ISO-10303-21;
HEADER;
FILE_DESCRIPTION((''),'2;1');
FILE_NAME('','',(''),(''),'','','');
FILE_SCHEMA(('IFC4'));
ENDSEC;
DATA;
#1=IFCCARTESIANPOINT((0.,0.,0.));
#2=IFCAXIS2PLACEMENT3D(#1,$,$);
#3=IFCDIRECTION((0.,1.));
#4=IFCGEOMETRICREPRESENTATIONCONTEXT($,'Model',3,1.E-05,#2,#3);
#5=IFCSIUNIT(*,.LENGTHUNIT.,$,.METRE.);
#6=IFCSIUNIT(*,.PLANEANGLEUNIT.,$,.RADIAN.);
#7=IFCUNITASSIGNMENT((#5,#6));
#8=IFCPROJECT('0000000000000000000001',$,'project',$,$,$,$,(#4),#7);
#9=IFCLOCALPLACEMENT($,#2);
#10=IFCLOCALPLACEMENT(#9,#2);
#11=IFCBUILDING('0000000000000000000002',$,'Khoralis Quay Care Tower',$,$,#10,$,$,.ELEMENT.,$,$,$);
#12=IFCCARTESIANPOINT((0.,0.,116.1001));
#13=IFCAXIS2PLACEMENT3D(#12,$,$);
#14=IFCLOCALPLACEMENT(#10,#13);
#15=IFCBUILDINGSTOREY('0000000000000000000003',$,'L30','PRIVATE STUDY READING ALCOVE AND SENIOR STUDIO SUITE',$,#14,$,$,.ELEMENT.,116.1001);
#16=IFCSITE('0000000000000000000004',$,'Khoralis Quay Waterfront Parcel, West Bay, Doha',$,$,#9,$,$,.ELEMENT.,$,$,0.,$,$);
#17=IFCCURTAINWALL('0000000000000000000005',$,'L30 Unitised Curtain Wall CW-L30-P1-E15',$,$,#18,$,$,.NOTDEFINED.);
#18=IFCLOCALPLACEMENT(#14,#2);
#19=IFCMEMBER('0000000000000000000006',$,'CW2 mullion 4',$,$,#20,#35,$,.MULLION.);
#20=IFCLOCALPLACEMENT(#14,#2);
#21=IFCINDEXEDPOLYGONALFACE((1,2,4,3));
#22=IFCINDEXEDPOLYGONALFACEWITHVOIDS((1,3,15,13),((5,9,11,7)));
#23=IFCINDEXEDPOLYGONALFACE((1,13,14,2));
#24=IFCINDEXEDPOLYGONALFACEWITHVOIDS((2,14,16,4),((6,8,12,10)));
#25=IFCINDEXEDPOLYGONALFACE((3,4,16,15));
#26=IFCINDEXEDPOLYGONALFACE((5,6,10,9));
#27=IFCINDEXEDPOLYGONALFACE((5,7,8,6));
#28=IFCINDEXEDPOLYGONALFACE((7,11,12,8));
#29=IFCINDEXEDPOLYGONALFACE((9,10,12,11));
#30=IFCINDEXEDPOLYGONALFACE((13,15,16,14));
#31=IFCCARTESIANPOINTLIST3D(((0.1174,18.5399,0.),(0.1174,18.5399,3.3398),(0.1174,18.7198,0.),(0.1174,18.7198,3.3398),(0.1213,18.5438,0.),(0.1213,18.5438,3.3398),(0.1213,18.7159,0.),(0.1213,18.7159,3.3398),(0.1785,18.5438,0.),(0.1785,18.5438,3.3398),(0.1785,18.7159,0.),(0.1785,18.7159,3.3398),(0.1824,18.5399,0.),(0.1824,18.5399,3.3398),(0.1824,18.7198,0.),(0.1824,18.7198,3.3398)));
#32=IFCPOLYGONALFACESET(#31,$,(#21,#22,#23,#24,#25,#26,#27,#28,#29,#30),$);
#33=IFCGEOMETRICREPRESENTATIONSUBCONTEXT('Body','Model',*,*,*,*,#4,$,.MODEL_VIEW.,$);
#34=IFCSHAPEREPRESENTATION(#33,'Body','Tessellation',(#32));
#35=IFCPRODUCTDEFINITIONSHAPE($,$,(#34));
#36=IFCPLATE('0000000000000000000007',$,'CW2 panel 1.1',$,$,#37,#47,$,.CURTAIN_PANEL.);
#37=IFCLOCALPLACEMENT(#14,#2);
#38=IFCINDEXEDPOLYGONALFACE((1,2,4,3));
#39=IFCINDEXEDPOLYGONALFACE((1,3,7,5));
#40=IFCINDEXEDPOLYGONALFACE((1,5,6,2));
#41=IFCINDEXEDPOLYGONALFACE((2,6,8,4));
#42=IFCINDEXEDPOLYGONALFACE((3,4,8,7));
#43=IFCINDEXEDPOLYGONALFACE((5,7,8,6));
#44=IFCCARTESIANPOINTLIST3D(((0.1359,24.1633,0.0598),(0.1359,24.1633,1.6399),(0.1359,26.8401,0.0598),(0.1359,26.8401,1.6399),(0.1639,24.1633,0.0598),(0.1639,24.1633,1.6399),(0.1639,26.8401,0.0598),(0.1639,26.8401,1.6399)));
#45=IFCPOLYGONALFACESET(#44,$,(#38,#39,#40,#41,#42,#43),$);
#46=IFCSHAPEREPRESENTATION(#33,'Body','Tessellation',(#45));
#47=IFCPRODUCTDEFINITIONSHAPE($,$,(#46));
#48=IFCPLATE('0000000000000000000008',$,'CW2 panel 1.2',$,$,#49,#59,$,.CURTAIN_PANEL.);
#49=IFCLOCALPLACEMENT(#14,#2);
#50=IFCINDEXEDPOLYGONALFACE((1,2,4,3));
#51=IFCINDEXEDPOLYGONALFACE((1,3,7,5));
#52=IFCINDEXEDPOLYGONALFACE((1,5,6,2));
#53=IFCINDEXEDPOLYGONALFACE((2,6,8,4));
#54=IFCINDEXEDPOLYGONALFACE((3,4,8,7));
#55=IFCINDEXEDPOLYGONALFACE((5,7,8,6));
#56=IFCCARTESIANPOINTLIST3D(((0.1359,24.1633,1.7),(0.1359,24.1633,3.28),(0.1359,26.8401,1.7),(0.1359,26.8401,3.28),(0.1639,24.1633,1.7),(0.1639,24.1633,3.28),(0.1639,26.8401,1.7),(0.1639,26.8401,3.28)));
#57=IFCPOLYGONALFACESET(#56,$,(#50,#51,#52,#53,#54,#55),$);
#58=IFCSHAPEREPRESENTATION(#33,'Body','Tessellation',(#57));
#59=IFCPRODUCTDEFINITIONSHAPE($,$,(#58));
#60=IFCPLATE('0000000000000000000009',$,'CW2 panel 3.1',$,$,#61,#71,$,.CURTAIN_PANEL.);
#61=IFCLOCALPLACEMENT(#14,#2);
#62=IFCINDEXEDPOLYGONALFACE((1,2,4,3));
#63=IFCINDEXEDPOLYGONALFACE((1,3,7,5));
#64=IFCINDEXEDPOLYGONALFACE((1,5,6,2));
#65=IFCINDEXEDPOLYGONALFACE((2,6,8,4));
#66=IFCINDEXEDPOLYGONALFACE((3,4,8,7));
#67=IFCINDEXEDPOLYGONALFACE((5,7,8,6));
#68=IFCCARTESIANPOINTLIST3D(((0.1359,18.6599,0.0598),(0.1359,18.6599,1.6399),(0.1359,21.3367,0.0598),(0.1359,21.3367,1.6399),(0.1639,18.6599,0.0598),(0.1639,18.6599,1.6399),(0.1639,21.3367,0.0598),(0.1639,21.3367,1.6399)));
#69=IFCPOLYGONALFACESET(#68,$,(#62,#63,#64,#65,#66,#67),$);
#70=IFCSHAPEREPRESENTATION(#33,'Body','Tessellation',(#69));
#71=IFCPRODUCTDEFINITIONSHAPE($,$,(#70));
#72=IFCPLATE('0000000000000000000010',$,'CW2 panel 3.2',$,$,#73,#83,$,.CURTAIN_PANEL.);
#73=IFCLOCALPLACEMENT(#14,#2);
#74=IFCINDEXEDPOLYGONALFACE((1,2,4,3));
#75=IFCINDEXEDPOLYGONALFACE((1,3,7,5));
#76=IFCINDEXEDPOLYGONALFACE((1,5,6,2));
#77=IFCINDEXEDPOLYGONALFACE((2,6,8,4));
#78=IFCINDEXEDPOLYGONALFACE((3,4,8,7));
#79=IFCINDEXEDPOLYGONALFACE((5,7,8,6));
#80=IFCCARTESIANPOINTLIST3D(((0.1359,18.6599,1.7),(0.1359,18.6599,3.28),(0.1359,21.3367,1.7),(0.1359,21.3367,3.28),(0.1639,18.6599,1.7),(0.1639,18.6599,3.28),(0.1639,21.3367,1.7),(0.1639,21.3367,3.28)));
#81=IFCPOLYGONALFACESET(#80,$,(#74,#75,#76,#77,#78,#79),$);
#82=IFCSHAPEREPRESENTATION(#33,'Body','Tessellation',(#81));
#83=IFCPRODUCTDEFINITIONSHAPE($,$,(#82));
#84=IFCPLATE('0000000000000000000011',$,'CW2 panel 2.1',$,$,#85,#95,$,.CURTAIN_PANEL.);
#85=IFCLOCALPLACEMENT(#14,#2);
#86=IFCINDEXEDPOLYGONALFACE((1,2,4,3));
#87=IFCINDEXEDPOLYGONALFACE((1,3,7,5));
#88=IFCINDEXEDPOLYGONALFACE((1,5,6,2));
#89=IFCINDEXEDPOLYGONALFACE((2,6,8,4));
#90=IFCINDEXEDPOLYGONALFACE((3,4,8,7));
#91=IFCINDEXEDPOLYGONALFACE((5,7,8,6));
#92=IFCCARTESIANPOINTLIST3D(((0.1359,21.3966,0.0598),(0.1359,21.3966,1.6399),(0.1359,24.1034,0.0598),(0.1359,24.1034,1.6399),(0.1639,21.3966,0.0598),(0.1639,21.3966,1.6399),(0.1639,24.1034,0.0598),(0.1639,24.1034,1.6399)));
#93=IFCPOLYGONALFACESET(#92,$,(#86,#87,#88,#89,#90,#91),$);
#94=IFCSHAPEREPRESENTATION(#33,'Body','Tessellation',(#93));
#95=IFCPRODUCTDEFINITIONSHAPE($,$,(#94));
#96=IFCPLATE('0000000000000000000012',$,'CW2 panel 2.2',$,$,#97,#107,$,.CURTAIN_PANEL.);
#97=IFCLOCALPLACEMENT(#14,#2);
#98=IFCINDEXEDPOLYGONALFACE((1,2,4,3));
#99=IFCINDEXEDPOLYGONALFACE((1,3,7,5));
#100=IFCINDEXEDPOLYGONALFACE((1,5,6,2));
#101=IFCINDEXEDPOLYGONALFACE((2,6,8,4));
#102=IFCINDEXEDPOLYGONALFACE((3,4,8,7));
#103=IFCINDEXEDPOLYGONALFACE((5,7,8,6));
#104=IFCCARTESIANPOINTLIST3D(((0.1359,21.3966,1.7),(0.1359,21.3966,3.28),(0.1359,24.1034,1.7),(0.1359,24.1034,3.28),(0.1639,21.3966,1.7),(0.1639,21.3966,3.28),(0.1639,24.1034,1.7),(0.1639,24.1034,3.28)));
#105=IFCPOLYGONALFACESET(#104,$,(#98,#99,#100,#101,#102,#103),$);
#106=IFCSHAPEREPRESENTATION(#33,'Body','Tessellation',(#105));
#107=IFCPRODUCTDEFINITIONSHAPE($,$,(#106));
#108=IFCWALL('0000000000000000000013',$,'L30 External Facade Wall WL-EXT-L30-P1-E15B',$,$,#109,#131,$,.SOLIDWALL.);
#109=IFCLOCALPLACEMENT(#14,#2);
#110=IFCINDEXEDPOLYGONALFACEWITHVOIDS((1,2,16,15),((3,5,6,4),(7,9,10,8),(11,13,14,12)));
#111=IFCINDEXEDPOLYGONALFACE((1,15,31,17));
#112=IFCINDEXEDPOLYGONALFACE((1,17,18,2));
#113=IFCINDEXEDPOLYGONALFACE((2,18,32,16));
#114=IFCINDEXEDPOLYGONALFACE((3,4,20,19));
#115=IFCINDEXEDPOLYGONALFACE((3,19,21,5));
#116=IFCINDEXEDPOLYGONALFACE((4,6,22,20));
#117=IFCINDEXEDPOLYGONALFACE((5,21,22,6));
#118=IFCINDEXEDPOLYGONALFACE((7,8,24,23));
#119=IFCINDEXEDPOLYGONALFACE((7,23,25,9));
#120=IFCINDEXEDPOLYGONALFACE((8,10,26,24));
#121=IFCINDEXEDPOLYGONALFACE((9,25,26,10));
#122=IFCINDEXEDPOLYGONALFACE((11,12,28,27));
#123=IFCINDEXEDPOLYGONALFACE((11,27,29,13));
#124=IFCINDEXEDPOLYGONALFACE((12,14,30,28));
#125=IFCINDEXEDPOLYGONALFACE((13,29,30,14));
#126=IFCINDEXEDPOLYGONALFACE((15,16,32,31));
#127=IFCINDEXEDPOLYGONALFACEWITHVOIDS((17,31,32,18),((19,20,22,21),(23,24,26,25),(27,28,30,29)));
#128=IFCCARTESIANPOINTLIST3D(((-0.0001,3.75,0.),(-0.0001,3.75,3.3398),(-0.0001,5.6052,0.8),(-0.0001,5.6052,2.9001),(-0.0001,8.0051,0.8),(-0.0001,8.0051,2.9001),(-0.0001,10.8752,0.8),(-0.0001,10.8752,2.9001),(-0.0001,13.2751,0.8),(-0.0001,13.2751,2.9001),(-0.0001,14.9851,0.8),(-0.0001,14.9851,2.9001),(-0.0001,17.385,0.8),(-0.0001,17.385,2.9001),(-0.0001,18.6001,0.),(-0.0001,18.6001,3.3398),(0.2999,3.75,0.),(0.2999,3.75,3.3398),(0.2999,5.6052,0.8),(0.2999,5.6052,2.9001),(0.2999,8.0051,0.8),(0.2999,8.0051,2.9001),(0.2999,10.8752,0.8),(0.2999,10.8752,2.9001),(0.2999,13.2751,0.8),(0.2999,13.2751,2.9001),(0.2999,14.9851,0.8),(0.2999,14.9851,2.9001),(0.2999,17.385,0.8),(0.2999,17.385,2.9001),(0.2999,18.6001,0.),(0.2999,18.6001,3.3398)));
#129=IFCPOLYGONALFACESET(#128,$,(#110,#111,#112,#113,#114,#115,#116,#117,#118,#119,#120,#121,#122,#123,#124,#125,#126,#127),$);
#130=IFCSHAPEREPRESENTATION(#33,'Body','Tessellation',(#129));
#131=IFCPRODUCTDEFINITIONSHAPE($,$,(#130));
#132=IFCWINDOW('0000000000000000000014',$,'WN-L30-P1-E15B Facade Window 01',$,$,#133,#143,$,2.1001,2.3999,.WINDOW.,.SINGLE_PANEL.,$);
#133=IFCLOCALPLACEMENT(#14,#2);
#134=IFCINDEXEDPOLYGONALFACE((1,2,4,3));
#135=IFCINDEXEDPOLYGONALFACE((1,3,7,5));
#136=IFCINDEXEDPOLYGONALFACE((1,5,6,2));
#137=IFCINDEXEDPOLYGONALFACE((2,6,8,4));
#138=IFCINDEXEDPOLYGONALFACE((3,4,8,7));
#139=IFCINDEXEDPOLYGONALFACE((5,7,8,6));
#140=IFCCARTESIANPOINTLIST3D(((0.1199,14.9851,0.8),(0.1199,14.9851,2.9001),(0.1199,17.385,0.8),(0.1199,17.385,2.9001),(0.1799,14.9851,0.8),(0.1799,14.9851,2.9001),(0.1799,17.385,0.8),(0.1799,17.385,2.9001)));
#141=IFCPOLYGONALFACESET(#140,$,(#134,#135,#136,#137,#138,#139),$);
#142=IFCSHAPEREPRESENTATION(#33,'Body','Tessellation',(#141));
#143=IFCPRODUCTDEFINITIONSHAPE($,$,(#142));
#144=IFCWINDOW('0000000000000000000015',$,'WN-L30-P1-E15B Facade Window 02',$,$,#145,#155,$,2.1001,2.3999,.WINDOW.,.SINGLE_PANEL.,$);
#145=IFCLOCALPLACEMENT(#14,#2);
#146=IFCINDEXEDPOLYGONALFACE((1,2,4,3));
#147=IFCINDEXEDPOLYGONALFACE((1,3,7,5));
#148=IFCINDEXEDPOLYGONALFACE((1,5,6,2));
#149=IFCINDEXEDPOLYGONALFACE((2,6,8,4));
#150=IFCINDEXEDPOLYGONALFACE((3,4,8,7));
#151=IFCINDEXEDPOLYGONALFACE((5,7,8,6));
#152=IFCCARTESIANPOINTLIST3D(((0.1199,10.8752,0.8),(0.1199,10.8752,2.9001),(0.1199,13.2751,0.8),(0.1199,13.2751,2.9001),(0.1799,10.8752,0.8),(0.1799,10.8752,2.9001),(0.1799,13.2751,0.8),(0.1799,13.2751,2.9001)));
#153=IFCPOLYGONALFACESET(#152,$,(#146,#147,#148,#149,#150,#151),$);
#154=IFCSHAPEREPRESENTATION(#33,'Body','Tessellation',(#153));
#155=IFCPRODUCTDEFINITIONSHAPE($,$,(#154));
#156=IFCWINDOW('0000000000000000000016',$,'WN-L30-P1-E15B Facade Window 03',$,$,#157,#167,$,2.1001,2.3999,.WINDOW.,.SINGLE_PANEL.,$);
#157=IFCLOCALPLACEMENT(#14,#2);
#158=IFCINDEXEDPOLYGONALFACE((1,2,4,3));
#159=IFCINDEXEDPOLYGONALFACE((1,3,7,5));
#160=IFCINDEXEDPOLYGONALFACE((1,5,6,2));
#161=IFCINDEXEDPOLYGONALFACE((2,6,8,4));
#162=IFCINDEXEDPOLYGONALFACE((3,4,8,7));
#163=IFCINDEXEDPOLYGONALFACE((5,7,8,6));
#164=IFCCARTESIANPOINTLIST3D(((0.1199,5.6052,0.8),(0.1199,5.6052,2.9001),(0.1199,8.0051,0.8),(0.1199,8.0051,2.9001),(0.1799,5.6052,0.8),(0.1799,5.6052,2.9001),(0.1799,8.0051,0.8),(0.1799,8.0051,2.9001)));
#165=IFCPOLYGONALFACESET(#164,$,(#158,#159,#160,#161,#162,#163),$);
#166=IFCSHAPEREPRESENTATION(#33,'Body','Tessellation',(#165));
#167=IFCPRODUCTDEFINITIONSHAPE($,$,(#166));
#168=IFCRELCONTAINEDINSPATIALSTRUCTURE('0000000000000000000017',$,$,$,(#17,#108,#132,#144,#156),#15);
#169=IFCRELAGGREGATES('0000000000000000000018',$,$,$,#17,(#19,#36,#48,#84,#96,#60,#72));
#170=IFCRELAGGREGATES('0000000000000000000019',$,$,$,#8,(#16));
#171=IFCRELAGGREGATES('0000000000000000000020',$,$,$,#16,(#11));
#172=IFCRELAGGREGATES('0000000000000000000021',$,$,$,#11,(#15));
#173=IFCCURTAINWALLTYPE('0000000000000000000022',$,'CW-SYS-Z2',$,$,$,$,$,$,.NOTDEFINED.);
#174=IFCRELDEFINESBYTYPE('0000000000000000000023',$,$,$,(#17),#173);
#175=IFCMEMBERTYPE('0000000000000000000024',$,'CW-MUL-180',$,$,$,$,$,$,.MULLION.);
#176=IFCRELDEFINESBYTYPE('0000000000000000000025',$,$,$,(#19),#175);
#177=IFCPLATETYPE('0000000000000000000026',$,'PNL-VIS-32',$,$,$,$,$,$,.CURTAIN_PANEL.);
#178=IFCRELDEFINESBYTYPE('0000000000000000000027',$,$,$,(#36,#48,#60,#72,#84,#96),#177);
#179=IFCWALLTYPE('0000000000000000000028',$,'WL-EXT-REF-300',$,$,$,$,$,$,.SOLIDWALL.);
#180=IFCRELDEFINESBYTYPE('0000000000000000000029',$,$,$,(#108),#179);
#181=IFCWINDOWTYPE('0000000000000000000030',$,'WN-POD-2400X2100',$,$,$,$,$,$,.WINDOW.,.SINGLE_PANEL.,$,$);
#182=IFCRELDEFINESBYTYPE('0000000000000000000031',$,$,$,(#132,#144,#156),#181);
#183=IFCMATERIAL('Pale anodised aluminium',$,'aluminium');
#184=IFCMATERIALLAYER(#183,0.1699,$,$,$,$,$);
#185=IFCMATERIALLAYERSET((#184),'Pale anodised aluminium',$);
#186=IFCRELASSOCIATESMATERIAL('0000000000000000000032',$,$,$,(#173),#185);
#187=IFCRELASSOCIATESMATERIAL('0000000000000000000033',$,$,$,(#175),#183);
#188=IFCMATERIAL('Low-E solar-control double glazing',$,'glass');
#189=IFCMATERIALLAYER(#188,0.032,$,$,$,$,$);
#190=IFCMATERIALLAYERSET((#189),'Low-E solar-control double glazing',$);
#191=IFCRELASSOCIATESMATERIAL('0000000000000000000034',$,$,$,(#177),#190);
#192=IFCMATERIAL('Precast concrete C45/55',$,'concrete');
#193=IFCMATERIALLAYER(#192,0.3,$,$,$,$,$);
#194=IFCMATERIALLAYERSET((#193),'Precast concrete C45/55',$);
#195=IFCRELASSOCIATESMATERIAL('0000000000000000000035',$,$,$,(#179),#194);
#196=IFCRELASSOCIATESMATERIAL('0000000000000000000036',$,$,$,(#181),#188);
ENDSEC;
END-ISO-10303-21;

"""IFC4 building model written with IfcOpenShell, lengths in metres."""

from ifc_helpers import new_model, si_unit, direction, frame, frame_2d, origin, origin_2d, place, context, subcontext, project, spatial, rectangle, hollow_rectangle, extrude, source, transform, mapped, material, layer, layer_set, material_profile, profile_set, type_object, element, fill, aggregate, save


model = new_model("IFC4")

# Units and contexts
model_context = context("Model", 3, precision=1e-05, world=origin(), true_north=direction((0.0, 1.0)))
body_context = subcontext(model_context, "Body", "Model", "MODEL_VIEW")
ifc_project = project(units=[si_unit("LENGTHUNIT", "METRE"), si_unit("PLANEANGLEUNIT", "RADIAN")], contexts=[model_context])

# Site, building, storey
site_placement = place(None, origin())
site = spatial("IfcSite", under=ifc_project, at=site_placement, Name="Khoralis Quay Waterfront Parcel, West Bay, Doha", CompositionType="ELEMENT", RefElevation=0.0)
building_placement = place(site_placement, origin())
building = spatial("IfcBuilding", under=site, at=building_placement, Name="Khoralis Quay Care Tower", CompositionType="ELEMENT")
storey_placement = place(building_placement, frame((0.0, 0.0, 116.1001)))
storey = spatial("IfcBuildingStorey", under=building, at=storey_placement, Name="L30", Description="PRIVATE STUDY READING ALCOVE AND SENIOR STUDIO SUITE", CompositionType="ELEMENT", Elevation=116.1001)

# Curtain wall, member, plates
ifc_material_1 = material(Name="Pale anodised aluminium", Category="aluminium")
ifc_layer_1 = layer(ifc_material_1, 0.1699)
ifc_layer_set_1 = layer_set([ifc_layer_1], Name="Pale anodised aluminium")
curtain_wall_type = type_object("IfcCurtainWallType", Name="CW-SYS-Z2", PredefinedType="NOTDEFINED", material=ifc_layer_set_1)
curtain_wall_placement = place(storey_placement, origin())
curtain_wall = element("IfcCurtainWall", 1, at=curtain_wall_placement, inside=storey, type_object=curtain_wall_type, Name="L30 Unitised Curtain Wall CW-L30-P1-E15", PredefinedType="NOTDEFINED")
ifc_material_profile_1 = material_profile(ifc_material_1, hollow_rectangle(XDim=0.0649, YDim=0.1799, WallThickness=0.0039, at=origin_2d()), Name="Pale anodised aluminium")
ifc_profile_set_1 = profile_set([ifc_material_profile_1], Name="Pale anodised aluminium")
member_type_1 = type_object("IfcMemberType", Name="CW-MUL-180", PredefinedType="MULLION", material=ifc_profile_set_1)
shared_shape_1 = source(origin(), body_context, "Body", "SweptSolid", [
    extrude(hollow_rectangle(XDim=0.0649, YDim=0.1799, WallThickness=0.0039, at=origin_2d()), origin(), (0.0, 0.0, 1.0), 3.3398),
])
member_1_placement = place(storey_placement, frame((0.1499, 18.6299, 0.0), z_axis=(0.0, 0.0, 1.0), x_axis=(1.0, 0.0, 0.0)))
member_1 = element("IfcMember", 2, at=member_1_placement, type_object=member_type_1, Name="CW2 mullion 4", PredefinedType="MULLION", context=body_context, shape_type="MappedRepresentation", body=[
    mapped(shared_shape_1, transform((0.0, 0.0, 0.0), scale=1.0)),
])
ifc_material_2 = material(Name="Low-E solar-control double glazing", Category="glass")
ifc_layer_2 = layer(ifc_material_2, 0.032)
ifc_layer_set_2 = layer_set([ifc_layer_2], Name="Low-E solar-control double glazing")
plate_type = type_object("IfcPlateType", Name="PNL-VIS-32", PredefinedType="CURTAIN_PANEL", material=ifc_layer_set_2)
shared_shape_2 = source(origin(), body_context, "Body", "SweptSolid", [
    extrude(rectangle(XDim=2.6768, YDim=0.0281, at=origin_2d()), origin(), (0.0, 0.0, 1.0), 1.5801),
])
plate_1_placement = place(storey_placement, frame((0.1499, 25.5017, 0.0598), z_axis=(0.0, 0.0, 1.0), x_axis=(0.0, -1.0, 0.0)))
plate_1 = element("IfcPlate", 3, at=plate_1_placement, type_object=plate_type, Name="CW2 panel 1.1", PredefinedType="CURTAIN_PANEL", context=body_context, shape_type="MappedRepresentation", body=[
    mapped(shared_shape_2, transform((0.0, 0.0, 0.0), scale=1.0)),
])
plate_2_placement = place(storey_placement, frame((0.1499, 25.5017, 1.7), z_axis=(0.0, 0.0, 1.0), x_axis=(0.0, -1.0, 0.0)))
plate_2 = element("IfcPlate", 4, at=plate_2_placement, type_object=plate_type, Name="CW2 panel 1.2", PredefinedType="CURTAIN_PANEL", context=body_context, shape_type="MappedRepresentation", body=[
    mapped(shared_shape_2, transform((0.0, 0.0, 0.0), scale=1.0)),
])
plate_3_placement = place(storey_placement, frame((0.1499, 19.9983, 0.0598), z_axis=(0.0, 0.0, 1.0), x_axis=(0.0, -1.0, 0.0)))
plate_3 = element("IfcPlate", 5, at=plate_3_placement, type_object=plate_type, Name="CW2 panel 3.1", PredefinedType="CURTAIN_PANEL", context=body_context, shape_type="MappedRepresentation", body=[
    mapped(shared_shape_2, transform((0.0, 0.0, 0.0), scale=1.0)),
])
plate_4_placement = place(storey_placement, frame((0.1499, 19.9983, 1.7), z_axis=(0.0, 0.0, 1.0), x_axis=(0.0, -1.0, 0.0)))
plate_4 = element("IfcPlate", 6, at=plate_4_placement, type_object=plate_type, Name="CW2 panel 3.2", PredefinedType="CURTAIN_PANEL", context=body_context, shape_type="MappedRepresentation", body=[
    mapped(shared_shape_2, transform((0.0, 0.0, 0.0), scale=1.0)),
])
shared_shape_3 = source(origin(), body_context, "Body", "SweptSolid", [
    extrude(rectangle(XDim=2.7068, YDim=0.0281, at=origin_2d()), origin(), (0.0, 0.0, 1.0), 1.5801),
])
plate_5_placement = place(storey_placement, frame((0.1499, 22.75, 0.0598), z_axis=(0.0, 0.0, 1.0), x_axis=(0.0, -1.0, 0.0)))
plate_5 = element("IfcPlate", 7, at=plate_5_placement, type_object=plate_type, Name="CW2 panel 2.1", PredefinedType="CURTAIN_PANEL", context=body_context, shape_type="MappedRepresentation", body=[
    mapped(shared_shape_3, transform((0.0, 0.0, 0.0), scale=1.0)),
])
plate_6_placement = place(storey_placement, frame((0.1499, 22.75, 1.7), z_axis=(0.0, 0.0, 1.0), x_axis=(0.0, -1.0, 0.0)))
plate_6 = element("IfcPlate", 8, at=plate_6_placement, type_object=plate_type, Name="CW2 panel 2.2", PredefinedType="CURTAIN_PANEL", context=body_context, shape_type="MappedRepresentation", body=[
    mapped(shared_shape_3, transform((0.0, 0.0, 0.0), scale=1.0)),
])
aggregate(curtain_wall, [member_1, plate_1, plate_2, plate_5, plate_6, plate_3, plate_4])

# Wall, openings, windows
ifc_material_3 = material(Name="Precast concrete C45/55", Category="concrete")
ifc_layer_3 = layer(ifc_material_3, 0.3)
ifc_layer_set_3 = layer_set([ifc_layer_3], Name="Precast concrete C45/55")
wall_type_1 = type_object("IfcWallType", Name="WL-EXT-REF-300", PredefinedType="SOLIDWALL", material=ifc_layer_set_3)
wall_1_placement = place(storey_placement, frame((0.1499, 18.6001, 0.0), z_axis=(0.0, 0.0, 1.0), x_axis=(0.0, -1.0, 0.0)))
wall_1 = element("IfcWall", 9, at=wall_1_placement, inside=storey, type_object=wall_type_1, Name="L30 External Facade Wall WL-EXT-L30-P1-E15B", PredefinedType="SOLIDWALL", context=body_context, shape_type="SweptSolid", body=[
    extrude(rectangle(XDim=14.8501, YDim=0.3, at=frame_2d((7.425, 0.0))), origin(), (0.0, 0.0, 1.0), 3.3398),
])
opening_1_placement = place(wall_1_placement, frame((1.2151, 0.0, 0.8)))
opening_1 = element("IfcOpeningElement", 10, at=opening_1_placement, cuts=wall_1, PredefinedType="OPENING", context=body_context, shape_type="SweptSolid", body=[
    extrude(rectangle(XDim=2.3999, YDim=2.1001, at=frame_2d((1.2, 1.05))), frame((0.0, 0.1602, 0.0), z_axis=(0.0, -1.0, 0.0), x_axis=(1.0, 0.0, 0.0)), (0.0, 0.0, 1.0), 0.3201),
])
opening_2_placement = place(wall_1_placement, frame((5.325, 0.0, 0.8)))
opening_2 = element("IfcOpeningElement", 11, at=opening_2_placement, cuts=wall_1, PredefinedType="OPENING", context=body_context, shape_type="SweptSolid", body=[
    extrude(rectangle(XDim=2.3999, YDim=2.1001, at=frame_2d((1.2, 1.05))), frame((0.0, 0.1602, 0.0), z_axis=(0.0, -1.0, 0.0), x_axis=(1.0, 0.0, 0.0)), (0.0, 0.0, 1.0), 0.3201),
])
opening_3_placement = place(wall_1_placement, frame((10.595, 0.0, 0.8)))
opening_3 = element("IfcOpeningElement", 12, at=opening_3_placement, cuts=wall_1, PredefinedType="OPENING", context=body_context, shape_type="SweptSolid", body=[
    extrude(rectangle(XDim=2.3999, YDim=2.1001, at=frame_2d((1.2, 1.05))), frame((0.0, 0.1602, 0.0), z_axis=(0.0, -1.0, 0.0), x_axis=(1.0, 0.0, 0.0)), (0.0, 0.0, 1.0), 0.3201),
])
window_type = type_object("IfcWindowType", Name="WN-POD-2400X2100", PartitioningType="SINGLE_PANEL", PredefinedType="WINDOW", material=ifc_material_2)
shared_shape_4 = source(origin(), body_context, "Body", "SweptSolid", [
    extrude(rectangle(XDim=2.3999, YDim=2.1001, at=frame_2d((1.2, 1.05))), frame((0.0, 0.03, 0.0), z_axis=(0.0, -1.0, 0.0), x_axis=(1.0, 0.0, 0.0)), (0.0, 0.0, 1.0), 0.0601),
])
window_1_placement = place(opening_1_placement, origin())
window_1 = element("IfcWindow", 13, at=window_1_placement, inside=storey, type_object=window_type, Name="WN-L30-P1-E15B Facade Window 01", OverallHeight=2.1001, OverallWidth=2.3999, PartitioningType="SINGLE_PANEL", PredefinedType="WINDOW", context=body_context, shape_type="MappedRepresentation", body=[
    mapped(shared_shape_4, transform((0.0, 0.0, 0.0), scale=1.0)),
])
fill(opening_1, window_1)
window_2_placement = place(opening_2_placement, origin())
window_2 = element("IfcWindow", 14, at=window_2_placement, inside=storey, type_object=window_type, Name="WN-L30-P1-E15B Facade Window 02", OverallHeight=2.1001, OverallWidth=2.3999, PartitioningType="SINGLE_PANEL", PredefinedType="WINDOW", context=body_context, shape_type="MappedRepresentation", body=[
    mapped(shared_shape_4, transform((0.0, 0.0, 0.0), scale=1.0)),
])
fill(opening_2, window_2)
window_3_placement = place(opening_3_placement, origin())
window_3 = element("IfcWindow", 15, at=window_3_placement, inside=storey, type_object=window_type, Name="WN-L30-P1-E15B Facade Window 03", OverallHeight=2.1001, OverallWidth=2.3999, PartitioningType="SINGLE_PANEL", PredefinedType="WINDOW", context=body_context, shape_type="MappedRepresentation", body=[
    mapped(shared_shape_4, transform((0.0, 0.0, 0.0), scale=1.0)),
])
fill(opening_3, window_3)

save(model, "model.ifc")
